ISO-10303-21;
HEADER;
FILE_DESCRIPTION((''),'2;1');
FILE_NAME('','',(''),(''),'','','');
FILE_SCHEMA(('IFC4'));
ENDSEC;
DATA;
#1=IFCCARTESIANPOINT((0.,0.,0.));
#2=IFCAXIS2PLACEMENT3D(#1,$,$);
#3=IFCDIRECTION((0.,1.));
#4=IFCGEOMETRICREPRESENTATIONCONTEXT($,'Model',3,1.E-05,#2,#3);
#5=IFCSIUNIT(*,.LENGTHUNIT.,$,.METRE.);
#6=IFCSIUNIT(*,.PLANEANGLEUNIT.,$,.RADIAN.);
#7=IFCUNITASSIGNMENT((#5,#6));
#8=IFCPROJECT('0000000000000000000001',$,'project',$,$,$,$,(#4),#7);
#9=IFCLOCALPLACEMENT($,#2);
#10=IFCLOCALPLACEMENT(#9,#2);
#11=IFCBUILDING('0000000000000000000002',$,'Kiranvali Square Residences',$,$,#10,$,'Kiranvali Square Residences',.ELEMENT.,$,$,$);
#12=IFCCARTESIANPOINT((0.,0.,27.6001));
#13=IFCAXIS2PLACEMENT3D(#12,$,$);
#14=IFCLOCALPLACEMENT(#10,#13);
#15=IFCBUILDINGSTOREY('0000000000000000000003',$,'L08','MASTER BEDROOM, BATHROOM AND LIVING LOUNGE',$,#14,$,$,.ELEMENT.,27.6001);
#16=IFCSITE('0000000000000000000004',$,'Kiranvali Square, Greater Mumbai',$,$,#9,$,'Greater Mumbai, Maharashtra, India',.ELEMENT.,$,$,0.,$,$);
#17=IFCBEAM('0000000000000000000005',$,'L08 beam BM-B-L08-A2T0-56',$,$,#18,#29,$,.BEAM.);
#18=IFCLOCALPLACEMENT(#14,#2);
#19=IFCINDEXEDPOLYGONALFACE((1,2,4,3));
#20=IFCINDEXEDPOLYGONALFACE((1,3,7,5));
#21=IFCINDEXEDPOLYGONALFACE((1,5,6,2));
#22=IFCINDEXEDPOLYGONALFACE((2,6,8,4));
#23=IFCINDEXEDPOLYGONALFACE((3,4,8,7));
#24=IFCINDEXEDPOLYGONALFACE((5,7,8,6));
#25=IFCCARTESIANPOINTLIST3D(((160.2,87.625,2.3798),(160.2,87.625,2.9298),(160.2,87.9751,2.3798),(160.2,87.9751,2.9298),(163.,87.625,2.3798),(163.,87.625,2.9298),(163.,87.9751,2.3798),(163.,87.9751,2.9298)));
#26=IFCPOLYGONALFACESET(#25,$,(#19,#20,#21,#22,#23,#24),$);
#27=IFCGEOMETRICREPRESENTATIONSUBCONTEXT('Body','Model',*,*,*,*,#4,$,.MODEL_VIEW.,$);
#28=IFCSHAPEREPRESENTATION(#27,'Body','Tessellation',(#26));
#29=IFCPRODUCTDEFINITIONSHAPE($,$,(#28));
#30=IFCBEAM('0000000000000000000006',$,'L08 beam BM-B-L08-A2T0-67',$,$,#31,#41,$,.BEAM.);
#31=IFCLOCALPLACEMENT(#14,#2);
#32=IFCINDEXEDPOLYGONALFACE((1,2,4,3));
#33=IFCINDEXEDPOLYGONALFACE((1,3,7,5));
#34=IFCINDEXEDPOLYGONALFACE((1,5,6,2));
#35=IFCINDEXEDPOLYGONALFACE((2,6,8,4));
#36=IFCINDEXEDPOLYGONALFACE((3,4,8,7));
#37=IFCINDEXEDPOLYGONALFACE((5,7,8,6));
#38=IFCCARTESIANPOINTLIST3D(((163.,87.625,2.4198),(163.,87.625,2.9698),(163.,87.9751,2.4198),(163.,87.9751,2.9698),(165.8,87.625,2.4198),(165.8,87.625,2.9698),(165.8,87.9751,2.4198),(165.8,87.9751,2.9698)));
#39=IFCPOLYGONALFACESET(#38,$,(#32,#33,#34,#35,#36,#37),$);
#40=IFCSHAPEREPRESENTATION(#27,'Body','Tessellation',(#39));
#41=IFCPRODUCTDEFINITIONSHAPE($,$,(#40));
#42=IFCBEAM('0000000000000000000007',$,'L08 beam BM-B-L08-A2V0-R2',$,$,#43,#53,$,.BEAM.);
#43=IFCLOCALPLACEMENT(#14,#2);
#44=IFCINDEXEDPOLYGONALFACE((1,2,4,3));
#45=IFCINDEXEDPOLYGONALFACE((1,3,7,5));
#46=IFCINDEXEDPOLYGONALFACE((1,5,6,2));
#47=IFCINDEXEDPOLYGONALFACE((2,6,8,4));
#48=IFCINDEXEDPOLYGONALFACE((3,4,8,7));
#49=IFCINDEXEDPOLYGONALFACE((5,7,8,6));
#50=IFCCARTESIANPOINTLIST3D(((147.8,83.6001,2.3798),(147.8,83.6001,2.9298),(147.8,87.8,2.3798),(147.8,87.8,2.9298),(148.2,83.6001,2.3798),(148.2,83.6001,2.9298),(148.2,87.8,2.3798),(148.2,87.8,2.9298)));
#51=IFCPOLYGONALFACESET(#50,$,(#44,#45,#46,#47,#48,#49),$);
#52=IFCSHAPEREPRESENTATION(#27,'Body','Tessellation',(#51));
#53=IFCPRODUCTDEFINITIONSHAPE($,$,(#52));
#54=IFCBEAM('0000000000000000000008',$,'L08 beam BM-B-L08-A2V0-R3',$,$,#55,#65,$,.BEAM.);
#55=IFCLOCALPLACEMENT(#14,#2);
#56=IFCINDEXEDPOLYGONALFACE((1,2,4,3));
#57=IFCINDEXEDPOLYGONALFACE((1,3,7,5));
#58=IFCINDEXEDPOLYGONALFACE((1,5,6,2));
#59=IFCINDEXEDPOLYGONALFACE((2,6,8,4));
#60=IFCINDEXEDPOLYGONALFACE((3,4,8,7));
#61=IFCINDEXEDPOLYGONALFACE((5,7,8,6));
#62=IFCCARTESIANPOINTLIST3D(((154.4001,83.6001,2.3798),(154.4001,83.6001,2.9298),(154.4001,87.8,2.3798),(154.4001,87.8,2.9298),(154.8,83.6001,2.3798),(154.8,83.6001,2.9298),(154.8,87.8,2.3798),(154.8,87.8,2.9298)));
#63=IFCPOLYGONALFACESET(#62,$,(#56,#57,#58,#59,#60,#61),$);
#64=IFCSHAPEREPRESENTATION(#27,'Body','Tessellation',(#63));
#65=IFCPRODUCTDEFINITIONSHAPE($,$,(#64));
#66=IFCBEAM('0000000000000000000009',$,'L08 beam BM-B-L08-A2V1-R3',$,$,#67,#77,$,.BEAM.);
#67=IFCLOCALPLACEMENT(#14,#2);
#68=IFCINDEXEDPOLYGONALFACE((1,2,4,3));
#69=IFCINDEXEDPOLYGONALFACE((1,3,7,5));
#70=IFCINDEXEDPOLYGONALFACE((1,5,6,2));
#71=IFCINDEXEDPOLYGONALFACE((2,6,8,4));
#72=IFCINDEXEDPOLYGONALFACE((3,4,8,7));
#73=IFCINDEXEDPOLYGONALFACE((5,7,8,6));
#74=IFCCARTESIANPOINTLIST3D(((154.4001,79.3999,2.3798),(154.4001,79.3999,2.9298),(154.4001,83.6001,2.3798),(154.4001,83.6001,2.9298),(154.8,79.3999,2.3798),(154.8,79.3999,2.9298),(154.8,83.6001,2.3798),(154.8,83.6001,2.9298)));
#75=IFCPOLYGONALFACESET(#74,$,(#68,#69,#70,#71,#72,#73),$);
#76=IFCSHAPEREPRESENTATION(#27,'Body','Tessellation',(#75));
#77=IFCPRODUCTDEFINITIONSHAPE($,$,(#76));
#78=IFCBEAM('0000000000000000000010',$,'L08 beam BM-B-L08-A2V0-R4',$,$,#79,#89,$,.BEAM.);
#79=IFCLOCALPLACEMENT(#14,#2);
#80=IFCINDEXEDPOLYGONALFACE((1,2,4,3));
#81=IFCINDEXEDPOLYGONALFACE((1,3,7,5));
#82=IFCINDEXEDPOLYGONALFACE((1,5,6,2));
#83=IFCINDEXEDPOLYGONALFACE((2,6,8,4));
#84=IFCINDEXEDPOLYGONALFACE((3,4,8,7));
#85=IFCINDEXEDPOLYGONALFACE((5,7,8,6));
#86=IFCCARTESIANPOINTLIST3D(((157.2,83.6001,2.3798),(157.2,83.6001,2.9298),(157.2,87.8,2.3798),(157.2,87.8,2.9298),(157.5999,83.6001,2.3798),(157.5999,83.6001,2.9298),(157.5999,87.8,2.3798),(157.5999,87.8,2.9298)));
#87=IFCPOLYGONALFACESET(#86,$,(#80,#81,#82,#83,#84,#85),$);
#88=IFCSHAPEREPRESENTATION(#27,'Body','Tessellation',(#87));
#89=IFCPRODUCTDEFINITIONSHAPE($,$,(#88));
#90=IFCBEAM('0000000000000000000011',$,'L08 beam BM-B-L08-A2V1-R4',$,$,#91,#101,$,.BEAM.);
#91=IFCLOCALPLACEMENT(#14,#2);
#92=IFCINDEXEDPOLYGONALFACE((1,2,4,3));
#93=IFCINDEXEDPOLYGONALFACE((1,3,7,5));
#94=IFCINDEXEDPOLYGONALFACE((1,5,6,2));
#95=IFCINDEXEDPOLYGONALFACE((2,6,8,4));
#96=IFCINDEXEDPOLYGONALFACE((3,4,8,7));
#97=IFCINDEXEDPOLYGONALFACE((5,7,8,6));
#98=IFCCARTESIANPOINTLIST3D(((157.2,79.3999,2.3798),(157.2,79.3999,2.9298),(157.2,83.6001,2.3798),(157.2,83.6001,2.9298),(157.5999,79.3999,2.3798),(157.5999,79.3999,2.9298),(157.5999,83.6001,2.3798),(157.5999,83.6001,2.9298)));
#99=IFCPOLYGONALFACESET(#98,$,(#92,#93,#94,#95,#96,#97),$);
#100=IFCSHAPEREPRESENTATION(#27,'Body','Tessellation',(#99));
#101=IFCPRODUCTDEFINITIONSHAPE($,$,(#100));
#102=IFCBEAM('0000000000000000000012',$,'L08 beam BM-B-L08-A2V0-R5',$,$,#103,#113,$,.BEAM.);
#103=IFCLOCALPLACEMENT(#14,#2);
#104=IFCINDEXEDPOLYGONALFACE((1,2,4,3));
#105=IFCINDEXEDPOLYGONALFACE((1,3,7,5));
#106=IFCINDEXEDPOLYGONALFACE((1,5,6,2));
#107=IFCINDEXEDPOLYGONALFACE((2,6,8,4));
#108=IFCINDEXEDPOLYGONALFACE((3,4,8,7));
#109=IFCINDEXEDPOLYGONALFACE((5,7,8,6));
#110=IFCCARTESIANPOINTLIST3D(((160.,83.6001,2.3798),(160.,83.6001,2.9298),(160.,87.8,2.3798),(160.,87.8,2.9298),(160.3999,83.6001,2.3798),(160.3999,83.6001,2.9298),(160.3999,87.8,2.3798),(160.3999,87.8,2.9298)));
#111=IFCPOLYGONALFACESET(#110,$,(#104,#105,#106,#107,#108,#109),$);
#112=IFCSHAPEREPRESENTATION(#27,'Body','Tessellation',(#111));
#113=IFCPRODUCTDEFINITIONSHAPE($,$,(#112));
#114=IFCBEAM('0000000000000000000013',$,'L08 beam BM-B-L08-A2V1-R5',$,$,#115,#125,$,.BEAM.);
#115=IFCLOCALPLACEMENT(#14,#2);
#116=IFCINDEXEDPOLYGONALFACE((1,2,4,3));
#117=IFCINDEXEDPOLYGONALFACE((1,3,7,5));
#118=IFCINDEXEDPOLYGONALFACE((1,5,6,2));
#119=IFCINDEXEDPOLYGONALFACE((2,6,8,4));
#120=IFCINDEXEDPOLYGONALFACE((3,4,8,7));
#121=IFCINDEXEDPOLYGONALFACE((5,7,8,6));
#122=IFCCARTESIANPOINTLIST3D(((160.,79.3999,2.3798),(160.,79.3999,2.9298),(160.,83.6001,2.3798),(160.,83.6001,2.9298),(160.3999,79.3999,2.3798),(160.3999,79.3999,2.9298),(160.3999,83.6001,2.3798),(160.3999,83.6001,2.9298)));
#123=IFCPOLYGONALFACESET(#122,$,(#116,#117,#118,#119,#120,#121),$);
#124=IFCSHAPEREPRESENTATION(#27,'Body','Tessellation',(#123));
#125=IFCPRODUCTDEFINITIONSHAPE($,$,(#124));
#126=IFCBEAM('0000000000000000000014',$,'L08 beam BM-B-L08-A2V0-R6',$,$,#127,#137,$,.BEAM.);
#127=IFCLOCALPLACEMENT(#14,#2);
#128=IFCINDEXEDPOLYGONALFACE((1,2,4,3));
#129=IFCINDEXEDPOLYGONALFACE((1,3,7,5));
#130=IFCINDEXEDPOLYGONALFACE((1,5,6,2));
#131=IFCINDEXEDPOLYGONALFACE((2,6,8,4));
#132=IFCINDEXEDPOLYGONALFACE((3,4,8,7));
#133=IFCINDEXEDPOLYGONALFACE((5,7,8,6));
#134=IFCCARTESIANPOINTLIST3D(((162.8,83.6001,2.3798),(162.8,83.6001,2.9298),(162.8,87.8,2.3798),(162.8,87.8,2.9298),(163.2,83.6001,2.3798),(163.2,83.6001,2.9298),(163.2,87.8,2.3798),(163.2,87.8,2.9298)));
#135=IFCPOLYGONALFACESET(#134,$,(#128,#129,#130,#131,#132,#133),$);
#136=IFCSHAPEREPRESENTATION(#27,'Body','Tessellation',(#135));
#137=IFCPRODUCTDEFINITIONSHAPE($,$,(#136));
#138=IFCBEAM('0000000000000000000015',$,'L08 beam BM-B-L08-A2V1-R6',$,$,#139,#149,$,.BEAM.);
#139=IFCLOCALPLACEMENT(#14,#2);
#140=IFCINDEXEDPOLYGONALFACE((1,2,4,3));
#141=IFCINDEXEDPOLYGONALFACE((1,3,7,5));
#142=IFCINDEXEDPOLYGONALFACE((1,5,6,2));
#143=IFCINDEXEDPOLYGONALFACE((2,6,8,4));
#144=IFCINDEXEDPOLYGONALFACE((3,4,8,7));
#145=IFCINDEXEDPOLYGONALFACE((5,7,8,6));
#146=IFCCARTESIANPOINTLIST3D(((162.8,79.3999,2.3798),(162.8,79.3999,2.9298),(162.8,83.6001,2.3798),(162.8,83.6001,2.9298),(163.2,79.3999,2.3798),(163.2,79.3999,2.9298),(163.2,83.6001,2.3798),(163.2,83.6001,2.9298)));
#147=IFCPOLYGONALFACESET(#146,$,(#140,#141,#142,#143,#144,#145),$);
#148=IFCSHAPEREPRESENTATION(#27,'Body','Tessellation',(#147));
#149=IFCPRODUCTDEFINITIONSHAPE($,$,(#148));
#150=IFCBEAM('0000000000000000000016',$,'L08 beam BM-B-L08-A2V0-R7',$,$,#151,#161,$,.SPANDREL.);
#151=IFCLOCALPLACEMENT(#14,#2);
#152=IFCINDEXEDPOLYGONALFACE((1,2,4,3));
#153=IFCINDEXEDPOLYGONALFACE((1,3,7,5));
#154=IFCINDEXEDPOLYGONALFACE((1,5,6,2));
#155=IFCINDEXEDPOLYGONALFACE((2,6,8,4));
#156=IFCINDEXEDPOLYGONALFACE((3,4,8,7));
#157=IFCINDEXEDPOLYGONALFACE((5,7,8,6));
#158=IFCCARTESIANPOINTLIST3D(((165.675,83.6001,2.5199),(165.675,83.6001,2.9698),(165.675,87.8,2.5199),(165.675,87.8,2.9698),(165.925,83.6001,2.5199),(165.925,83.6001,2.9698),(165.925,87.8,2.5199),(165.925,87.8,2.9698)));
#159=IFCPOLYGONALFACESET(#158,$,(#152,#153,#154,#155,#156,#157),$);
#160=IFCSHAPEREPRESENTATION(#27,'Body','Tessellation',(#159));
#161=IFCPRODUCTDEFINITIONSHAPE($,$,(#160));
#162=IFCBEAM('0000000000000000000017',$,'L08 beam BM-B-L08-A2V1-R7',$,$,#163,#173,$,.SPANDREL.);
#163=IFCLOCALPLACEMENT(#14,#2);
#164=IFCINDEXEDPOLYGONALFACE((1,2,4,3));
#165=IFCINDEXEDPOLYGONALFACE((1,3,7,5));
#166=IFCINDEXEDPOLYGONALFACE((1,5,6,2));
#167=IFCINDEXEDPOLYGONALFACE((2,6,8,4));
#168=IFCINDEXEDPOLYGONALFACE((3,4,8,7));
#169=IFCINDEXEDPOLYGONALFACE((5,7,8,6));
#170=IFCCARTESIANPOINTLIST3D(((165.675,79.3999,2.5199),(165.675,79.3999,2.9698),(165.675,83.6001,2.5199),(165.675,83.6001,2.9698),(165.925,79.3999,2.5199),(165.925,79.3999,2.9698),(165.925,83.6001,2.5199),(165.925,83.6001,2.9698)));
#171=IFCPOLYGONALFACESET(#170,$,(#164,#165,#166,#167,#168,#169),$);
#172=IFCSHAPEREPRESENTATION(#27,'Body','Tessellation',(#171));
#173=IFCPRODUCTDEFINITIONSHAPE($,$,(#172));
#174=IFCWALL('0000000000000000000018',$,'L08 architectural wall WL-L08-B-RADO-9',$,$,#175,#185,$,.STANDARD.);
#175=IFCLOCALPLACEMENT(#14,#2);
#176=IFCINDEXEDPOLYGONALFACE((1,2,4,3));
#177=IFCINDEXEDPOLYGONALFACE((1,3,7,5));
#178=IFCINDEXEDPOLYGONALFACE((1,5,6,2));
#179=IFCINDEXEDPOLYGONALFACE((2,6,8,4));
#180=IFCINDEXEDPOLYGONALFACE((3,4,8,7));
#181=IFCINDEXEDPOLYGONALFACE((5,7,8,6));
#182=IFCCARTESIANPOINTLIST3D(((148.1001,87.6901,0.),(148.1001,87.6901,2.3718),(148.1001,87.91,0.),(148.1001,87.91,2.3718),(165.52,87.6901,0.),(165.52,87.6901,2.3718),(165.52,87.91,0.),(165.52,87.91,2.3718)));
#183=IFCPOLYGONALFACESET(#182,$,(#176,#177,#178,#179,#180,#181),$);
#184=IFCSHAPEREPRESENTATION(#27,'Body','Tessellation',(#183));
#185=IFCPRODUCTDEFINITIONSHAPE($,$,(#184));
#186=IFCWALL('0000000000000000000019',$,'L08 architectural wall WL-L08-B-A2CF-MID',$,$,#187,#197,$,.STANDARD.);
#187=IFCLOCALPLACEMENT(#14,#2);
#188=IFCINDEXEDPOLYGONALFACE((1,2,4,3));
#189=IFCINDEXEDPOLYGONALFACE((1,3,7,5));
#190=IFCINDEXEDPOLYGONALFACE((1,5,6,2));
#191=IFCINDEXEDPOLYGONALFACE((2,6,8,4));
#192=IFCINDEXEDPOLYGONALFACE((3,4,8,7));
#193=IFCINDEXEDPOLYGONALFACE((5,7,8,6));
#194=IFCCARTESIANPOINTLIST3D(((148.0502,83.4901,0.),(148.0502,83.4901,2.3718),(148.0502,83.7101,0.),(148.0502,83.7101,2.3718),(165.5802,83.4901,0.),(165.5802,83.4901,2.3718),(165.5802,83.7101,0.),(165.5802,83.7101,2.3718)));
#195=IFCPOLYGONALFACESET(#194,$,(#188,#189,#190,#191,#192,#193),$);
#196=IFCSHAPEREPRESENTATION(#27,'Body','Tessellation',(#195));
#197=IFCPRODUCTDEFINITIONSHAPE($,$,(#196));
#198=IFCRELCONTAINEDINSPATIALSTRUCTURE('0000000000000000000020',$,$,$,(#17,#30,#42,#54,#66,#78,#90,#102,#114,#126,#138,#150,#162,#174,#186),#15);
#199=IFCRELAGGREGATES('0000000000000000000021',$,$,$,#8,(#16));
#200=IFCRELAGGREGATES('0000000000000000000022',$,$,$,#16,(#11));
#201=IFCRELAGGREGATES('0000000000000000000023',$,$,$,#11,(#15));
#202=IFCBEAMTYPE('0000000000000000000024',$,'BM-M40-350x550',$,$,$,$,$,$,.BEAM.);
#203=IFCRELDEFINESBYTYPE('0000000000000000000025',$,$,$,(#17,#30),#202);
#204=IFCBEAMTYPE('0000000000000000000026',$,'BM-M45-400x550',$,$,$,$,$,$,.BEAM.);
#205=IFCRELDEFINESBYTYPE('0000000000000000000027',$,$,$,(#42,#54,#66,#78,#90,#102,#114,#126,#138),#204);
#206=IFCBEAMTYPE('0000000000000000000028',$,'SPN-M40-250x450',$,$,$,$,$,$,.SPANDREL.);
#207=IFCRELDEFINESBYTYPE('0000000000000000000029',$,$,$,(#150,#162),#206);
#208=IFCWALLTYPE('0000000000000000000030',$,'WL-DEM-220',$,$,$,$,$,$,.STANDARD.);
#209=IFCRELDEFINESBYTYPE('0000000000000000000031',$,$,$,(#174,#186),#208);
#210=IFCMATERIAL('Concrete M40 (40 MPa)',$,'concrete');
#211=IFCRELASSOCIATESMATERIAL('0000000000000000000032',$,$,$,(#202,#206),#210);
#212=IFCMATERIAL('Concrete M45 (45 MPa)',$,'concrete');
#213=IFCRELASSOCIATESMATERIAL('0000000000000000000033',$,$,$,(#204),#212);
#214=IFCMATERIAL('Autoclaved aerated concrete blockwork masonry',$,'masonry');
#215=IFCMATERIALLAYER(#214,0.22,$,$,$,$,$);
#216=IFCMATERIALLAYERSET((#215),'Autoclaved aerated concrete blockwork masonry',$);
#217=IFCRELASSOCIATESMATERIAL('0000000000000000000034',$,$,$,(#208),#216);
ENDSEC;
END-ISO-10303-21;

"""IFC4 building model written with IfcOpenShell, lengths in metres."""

from ifc_helpers import new_model, si_unit, direction, frame, frame_2d, origin, origin_2d, place, context, subcontext, project, spatial, rectangle, extrude, material, layer, layer_set, material_profile, profile_set, type_object, element, save


model = new_model("IFC4")

# Units and contexts
model_context = context("Model", 3, precision=1e-05, world=origin(), true_north=direction((0.0, 1.0)))
body_context = subcontext(model_context, "Body", "Model", "MODEL_VIEW")
ifc_project = project(units=[si_unit("LENGTHUNIT", "METRE"), si_unit("PLANEANGLEUNIT", "RADIAN")], contexts=[model_context])

# Site, building, storey
site_placement = place(None, origin())
site = spatial("IfcSite", under=ifc_project, at=site_placement, Name="Kiranvali Square, Greater Mumbai", LongName="Greater Mumbai, Maharashtra, India", CompositionType="ELEMENT", RefElevation=0.0)
building_placement = place(site_placement, origin())
building = spatial("IfcBuilding", under=site, at=building_placement, Name="Kiranvali Square Residences", LongName="Kiranvali Square Residences", CompositionType="ELEMENT")
storey_placement = place(building_placement, frame((0.0, 0.0, 27.6001)))
storey = spatial("IfcBuildingStorey", under=building, at=storey_placement, Name="L08", Description="MASTER BEDROOM, BATHROOM AND LIVING LOUNGE", CompositionType="ELEMENT", Elevation=27.6001)

# Shared definitions
ifc_material_1 = material(Name="Concrete M40 (40 MPa)", Category="concrete")
ifc_material_2 = material(Name="Concrete M45 (45 MPa)", Category="concrete")

# Beams
ifc_material_profile_1 = material_profile(ifc_material_1, rectangle(XDim=0.3501, YDim=0.55, at=origin_2d()), Name="RC 350x550")
ifc_profile_set_1 = profile_set([ifc_material_profile_1], Name="Concrete M40 (40 MPa)")
beam_type_1 = type_object("IfcBeamType", Name="BM-M40-350x550", PredefinedType="BEAM", material=ifc_profile_set_1)
for number, where, z_axis, x_axis, name in (
    (1, (160.2, 87.8, 2.6548), (1.0, 0.0, 0.0), (0.0, 1.0, 0.0), "L08 beam BM-B-L08-A2T0-56"),
    (2, (163.0, 87.8, 2.6948), (1.0, 0.0, 0.0), (0.0, 1.0, 0.0), "L08 beam BM-B-L08-A2T0-67"),
):
    element("IfcBeam", number, at=place(storey_placement, frame(where, z_axis=z_axis, x_axis=x_axis)), inside=storey, type_object=beam_type_1, Name=name, PredefinedType="BEAM", context=body_context, shape_type="SweptSolid", body=[
        extrude(rectangle(XDim=0.3501, YDim=0.55, at=origin_2d()), origin(), (0.0, 0.0, 1.0), 2.8),
    ])
ifc_material_profile_2 = material_profile(ifc_material_2, rectangle(XDim=0.3999, YDim=0.55, at=origin_2d()), Name="RC 400x550")
ifc_profile_set_2 = profile_set([ifc_material_profile_2], Name="Concrete M45 (45 MPa)")
beam_type_2 = type_object("IfcBeamType", Name="BM-M45-400x550", PredefinedType="BEAM", material=ifc_profile_set_2)
for number, where, z_axis, x_axis, name in (
    (3, (148.0, 87.8, 2.6548), (0.0, -1.0, 0.0), (1.0, 0.0, 0.0), "L08 beam BM-B-L08-A2V0-R2"),
    (4, (154.6001, 87.8, 2.6548), (0.0, -1.0, 0.0), (1.0, 0.0, 0.0), "L08 beam BM-B-L08-A2V0-R3"),
):
    element("IfcBeam", number, at=place(storey_placement, frame(where, z_axis=z_axis, x_axis=x_axis)), inside=storey, type_object=beam_type_2, Name=name, PredefinedType="BEAM", context=body_context, shape_type="SweptSolid", body=[
        extrude(rectangle(XDim=0.3999, YDim=0.55, at=origin_2d()), origin(), (0.0, 0.0, 1.0), 4.2),
    ])
beam_1_placement = place(storey_placement, frame((154.6001, 83.6001, 2.6548), z_axis=(0.0, -1.0, 0.0), x_axis=(1.0, 0.0, 0.0)))
element("IfcBeam", 5, at=beam_1_placement, inside=storey, type_object=beam_type_2, Name="L08 beam BM-B-L08-A2V1-R3", PredefinedType="BEAM", context=body_context, shape_type="SweptSolid", body=[
    extrude(rectangle(XDim=0.3999, YDim=0.55, at=origin_2d()), origin(), (0.0, 0.0, 1.0), 4.2002),
])
beam_2_placement = place(storey_placement, frame((157.3999, 87.8, 2.6548), z_axis=(0.0, -1.0, 0.0), x_axis=(1.0, 0.0, 0.0)))
element("IfcBeam", 6, at=beam_2_placement, inside=storey, type_object=beam_type_2, Name="L08 beam BM-B-L08-A2V0-R4", PredefinedType="BEAM", context=body_context, shape_type="SweptSolid", body=[
    extrude(rectangle(XDim=0.3999, YDim=0.55, at=origin_2d()), origin(), (0.0, 0.0, 1.0), 4.2),
])
beam_3_placement = place(storey_placement, frame((157.3999, 83.6001, 2.6548), z_axis=(0.0, -1.0, 0.0), x_axis=(1.0, 0.0, 0.0)))
element("IfcBeam", 7, at=beam_3_placement, inside=storey, type_object=beam_type_2, Name="L08 beam BM-B-L08-A2V1-R4", PredefinedType="BEAM", context=body_context, shape_type="SweptSolid", body=[
    extrude(rectangle(XDim=0.3999, YDim=0.55, at=origin_2d()), origin(), (0.0, 0.0, 1.0), 4.2002),
])
beam_4_placement = place(storey_placement, frame((160.2, 87.8, 2.6548), z_axis=(0.0, -1.0, 0.0), x_axis=(1.0, 0.0, 0.0)))
element("IfcBeam", 8, at=beam_4_placement, inside=storey, type_object=beam_type_2, Name="L08 beam BM-B-L08-A2V0-R5", PredefinedType="BEAM", context=body_context, shape_type="SweptSolid", body=[
    extrude(rectangle(XDim=0.3999, YDim=0.55, at=origin_2d()), origin(), (0.0, 0.0, 1.0), 4.2),
])
beam_5_placement = place(storey_placement, frame((160.2, 83.6001, 2.6548), z_axis=(0.0, -1.0, 0.0), x_axis=(1.0, 0.0, 0.0)))
element("IfcBeam", 9, at=beam_5_placement, inside=storey, type_object=beam_type_2, Name="L08 beam BM-B-L08-A2V1-R5", PredefinedType="BEAM", context=body_context, shape_type="SweptSolid", body=[
    extrude(rectangle(XDim=0.3999, YDim=0.55, at=origin_2d()), origin(), (0.0, 0.0, 1.0), 4.2002),
])
beam_6_placement = place(storey_placement, frame((163.0, 87.8, 2.6548), z_axis=(0.0, -1.0, 0.0), x_axis=(1.0, 0.0, 0.0)))
element("IfcBeam", 10, at=beam_6_placement, inside=storey, type_object=beam_type_2, Name="L08 beam BM-B-L08-A2V0-R6", PredefinedType="BEAM", context=body_context, shape_type="SweptSolid", body=[
    extrude(rectangle(XDim=0.3999, YDim=0.55, at=origin_2d()), origin(), (0.0, 0.0, 1.0), 4.2),
])
beam_7_placement = place(storey_placement, frame((163.0, 83.6001, 2.6548), z_axis=(0.0, -1.0, 0.0), x_axis=(1.0, 0.0, 0.0)))
element("IfcBeam", 11, at=beam_7_placement, inside=storey, type_object=beam_type_2, Name="L08 beam BM-B-L08-A2V1-R6", PredefinedType="BEAM", context=body_context, shape_type="SweptSolid", body=[
    extrude(rectangle(XDim=0.3999, YDim=0.55, at=origin_2d()), origin(), (0.0, 0.0, 1.0), 4.2002),
])
ifc_material_profile_3 = material_profile(ifc_material_1, rectangle(XDim=0.25, YDim=0.45, at=origin_2d()), Name="RC 250x450")
ifc_profile_set_3 = profile_set([ifc_material_profile_3], Name="Concrete M40 (40 MPa)")
beam_type_3 = type_object("IfcBeamType", Name="SPN-M40-250x450", PredefinedType="SPANDREL", material=ifc_profile_set_3)
beam_8_placement = place(storey_placement, frame((165.8, 87.8, 2.7449), z_axis=(0.0, -1.0, 0.0), x_axis=(1.0, 0.0, 0.0)))
element("IfcBeam", 12, at=beam_8_placement, inside=storey, type_object=beam_type_3, Name="L08 beam BM-B-L08-A2V0-R7", PredefinedType="SPANDREL", context=body_context, shape_type="SweptSolid", body=[
    extrude(rectangle(XDim=0.25, YDim=0.45, at=origin_2d()), origin(), (0.0, 0.0, 1.0), 4.2),
])
beam_9_placement = place(storey_placement, frame((165.8, 83.6001, 2.7449), z_axis=(0.0, -1.0, 0.0), x_axis=(1.0, 0.0, 0.0)))
element("IfcBeam", 13, at=beam_9_placement, inside=storey, type_object=beam_type_3, Name="L08 beam BM-B-L08-A2V1-R7", PredefinedType="SPANDREL", context=body_context, shape_type="SweptSolid", body=[
    extrude(rectangle(XDim=0.25, YDim=0.45, at=origin_2d()), origin(), (0.0, 0.0, 1.0), 4.2002),
])

# Shared definitions
ifc_material_3 = material(Name="Autoclaved aerated concrete blockwork masonry", Category="masonry")

# Walls
ifc_layer_1 = layer(ifc_material_3, 0.22)
ifc_layer_set_1 = layer_set([ifc_layer_1], Name="Autoclaved aerated concrete blockwork masonry")
wall_type_1 = type_object("IfcWallType", Name="WL-DEM-220", PredefinedType="STANDARD", material=ifc_layer_set_1)
wall_1_placement = place(storey_placement, frame((148.1001, 87.8, 0.0), z_axis=(0.0, 0.0, 1.0), x_axis=(1.0, 0.0, 0.0)))
element("IfcWall", 14, at=wall_1_placement, inside=storey, type_object=wall_type_1, Name="L08 architectural wall WL-L08-B-RADO-9", PredefinedType="STANDARD", context=body_context, shape_type="SweptSolid", body=[
    extrude(rectangle(XDim=17.4199, YDim=0.22, at=frame_2d((8.71, 0.0))), origin(), (0.0, 0.0, 1.0), 2.3718),
])
wall_2_placement = place(storey_placement, frame((148.05, 83.6001, 0.0), z_axis=(0.0, 0.0, 1.0), x_axis=(1.0, 0.0, 0.0)))
element("IfcWall", 15, at=wall_2_placement, inside=storey, type_object=wall_type_1, Name="L08 architectural wall WL-L08-B-A2CF-MID", PredefinedType="STANDARD", context=body_context, shape_type="SweptSolid", body=[
    extrude(rectangle(XDim=17.53, YDim=0.22, at=frame_2d((8.7651, 0.0))), origin(), (0.0, 0.0, 1.0), 2.3718),
])

save(model, "model.ifc")
